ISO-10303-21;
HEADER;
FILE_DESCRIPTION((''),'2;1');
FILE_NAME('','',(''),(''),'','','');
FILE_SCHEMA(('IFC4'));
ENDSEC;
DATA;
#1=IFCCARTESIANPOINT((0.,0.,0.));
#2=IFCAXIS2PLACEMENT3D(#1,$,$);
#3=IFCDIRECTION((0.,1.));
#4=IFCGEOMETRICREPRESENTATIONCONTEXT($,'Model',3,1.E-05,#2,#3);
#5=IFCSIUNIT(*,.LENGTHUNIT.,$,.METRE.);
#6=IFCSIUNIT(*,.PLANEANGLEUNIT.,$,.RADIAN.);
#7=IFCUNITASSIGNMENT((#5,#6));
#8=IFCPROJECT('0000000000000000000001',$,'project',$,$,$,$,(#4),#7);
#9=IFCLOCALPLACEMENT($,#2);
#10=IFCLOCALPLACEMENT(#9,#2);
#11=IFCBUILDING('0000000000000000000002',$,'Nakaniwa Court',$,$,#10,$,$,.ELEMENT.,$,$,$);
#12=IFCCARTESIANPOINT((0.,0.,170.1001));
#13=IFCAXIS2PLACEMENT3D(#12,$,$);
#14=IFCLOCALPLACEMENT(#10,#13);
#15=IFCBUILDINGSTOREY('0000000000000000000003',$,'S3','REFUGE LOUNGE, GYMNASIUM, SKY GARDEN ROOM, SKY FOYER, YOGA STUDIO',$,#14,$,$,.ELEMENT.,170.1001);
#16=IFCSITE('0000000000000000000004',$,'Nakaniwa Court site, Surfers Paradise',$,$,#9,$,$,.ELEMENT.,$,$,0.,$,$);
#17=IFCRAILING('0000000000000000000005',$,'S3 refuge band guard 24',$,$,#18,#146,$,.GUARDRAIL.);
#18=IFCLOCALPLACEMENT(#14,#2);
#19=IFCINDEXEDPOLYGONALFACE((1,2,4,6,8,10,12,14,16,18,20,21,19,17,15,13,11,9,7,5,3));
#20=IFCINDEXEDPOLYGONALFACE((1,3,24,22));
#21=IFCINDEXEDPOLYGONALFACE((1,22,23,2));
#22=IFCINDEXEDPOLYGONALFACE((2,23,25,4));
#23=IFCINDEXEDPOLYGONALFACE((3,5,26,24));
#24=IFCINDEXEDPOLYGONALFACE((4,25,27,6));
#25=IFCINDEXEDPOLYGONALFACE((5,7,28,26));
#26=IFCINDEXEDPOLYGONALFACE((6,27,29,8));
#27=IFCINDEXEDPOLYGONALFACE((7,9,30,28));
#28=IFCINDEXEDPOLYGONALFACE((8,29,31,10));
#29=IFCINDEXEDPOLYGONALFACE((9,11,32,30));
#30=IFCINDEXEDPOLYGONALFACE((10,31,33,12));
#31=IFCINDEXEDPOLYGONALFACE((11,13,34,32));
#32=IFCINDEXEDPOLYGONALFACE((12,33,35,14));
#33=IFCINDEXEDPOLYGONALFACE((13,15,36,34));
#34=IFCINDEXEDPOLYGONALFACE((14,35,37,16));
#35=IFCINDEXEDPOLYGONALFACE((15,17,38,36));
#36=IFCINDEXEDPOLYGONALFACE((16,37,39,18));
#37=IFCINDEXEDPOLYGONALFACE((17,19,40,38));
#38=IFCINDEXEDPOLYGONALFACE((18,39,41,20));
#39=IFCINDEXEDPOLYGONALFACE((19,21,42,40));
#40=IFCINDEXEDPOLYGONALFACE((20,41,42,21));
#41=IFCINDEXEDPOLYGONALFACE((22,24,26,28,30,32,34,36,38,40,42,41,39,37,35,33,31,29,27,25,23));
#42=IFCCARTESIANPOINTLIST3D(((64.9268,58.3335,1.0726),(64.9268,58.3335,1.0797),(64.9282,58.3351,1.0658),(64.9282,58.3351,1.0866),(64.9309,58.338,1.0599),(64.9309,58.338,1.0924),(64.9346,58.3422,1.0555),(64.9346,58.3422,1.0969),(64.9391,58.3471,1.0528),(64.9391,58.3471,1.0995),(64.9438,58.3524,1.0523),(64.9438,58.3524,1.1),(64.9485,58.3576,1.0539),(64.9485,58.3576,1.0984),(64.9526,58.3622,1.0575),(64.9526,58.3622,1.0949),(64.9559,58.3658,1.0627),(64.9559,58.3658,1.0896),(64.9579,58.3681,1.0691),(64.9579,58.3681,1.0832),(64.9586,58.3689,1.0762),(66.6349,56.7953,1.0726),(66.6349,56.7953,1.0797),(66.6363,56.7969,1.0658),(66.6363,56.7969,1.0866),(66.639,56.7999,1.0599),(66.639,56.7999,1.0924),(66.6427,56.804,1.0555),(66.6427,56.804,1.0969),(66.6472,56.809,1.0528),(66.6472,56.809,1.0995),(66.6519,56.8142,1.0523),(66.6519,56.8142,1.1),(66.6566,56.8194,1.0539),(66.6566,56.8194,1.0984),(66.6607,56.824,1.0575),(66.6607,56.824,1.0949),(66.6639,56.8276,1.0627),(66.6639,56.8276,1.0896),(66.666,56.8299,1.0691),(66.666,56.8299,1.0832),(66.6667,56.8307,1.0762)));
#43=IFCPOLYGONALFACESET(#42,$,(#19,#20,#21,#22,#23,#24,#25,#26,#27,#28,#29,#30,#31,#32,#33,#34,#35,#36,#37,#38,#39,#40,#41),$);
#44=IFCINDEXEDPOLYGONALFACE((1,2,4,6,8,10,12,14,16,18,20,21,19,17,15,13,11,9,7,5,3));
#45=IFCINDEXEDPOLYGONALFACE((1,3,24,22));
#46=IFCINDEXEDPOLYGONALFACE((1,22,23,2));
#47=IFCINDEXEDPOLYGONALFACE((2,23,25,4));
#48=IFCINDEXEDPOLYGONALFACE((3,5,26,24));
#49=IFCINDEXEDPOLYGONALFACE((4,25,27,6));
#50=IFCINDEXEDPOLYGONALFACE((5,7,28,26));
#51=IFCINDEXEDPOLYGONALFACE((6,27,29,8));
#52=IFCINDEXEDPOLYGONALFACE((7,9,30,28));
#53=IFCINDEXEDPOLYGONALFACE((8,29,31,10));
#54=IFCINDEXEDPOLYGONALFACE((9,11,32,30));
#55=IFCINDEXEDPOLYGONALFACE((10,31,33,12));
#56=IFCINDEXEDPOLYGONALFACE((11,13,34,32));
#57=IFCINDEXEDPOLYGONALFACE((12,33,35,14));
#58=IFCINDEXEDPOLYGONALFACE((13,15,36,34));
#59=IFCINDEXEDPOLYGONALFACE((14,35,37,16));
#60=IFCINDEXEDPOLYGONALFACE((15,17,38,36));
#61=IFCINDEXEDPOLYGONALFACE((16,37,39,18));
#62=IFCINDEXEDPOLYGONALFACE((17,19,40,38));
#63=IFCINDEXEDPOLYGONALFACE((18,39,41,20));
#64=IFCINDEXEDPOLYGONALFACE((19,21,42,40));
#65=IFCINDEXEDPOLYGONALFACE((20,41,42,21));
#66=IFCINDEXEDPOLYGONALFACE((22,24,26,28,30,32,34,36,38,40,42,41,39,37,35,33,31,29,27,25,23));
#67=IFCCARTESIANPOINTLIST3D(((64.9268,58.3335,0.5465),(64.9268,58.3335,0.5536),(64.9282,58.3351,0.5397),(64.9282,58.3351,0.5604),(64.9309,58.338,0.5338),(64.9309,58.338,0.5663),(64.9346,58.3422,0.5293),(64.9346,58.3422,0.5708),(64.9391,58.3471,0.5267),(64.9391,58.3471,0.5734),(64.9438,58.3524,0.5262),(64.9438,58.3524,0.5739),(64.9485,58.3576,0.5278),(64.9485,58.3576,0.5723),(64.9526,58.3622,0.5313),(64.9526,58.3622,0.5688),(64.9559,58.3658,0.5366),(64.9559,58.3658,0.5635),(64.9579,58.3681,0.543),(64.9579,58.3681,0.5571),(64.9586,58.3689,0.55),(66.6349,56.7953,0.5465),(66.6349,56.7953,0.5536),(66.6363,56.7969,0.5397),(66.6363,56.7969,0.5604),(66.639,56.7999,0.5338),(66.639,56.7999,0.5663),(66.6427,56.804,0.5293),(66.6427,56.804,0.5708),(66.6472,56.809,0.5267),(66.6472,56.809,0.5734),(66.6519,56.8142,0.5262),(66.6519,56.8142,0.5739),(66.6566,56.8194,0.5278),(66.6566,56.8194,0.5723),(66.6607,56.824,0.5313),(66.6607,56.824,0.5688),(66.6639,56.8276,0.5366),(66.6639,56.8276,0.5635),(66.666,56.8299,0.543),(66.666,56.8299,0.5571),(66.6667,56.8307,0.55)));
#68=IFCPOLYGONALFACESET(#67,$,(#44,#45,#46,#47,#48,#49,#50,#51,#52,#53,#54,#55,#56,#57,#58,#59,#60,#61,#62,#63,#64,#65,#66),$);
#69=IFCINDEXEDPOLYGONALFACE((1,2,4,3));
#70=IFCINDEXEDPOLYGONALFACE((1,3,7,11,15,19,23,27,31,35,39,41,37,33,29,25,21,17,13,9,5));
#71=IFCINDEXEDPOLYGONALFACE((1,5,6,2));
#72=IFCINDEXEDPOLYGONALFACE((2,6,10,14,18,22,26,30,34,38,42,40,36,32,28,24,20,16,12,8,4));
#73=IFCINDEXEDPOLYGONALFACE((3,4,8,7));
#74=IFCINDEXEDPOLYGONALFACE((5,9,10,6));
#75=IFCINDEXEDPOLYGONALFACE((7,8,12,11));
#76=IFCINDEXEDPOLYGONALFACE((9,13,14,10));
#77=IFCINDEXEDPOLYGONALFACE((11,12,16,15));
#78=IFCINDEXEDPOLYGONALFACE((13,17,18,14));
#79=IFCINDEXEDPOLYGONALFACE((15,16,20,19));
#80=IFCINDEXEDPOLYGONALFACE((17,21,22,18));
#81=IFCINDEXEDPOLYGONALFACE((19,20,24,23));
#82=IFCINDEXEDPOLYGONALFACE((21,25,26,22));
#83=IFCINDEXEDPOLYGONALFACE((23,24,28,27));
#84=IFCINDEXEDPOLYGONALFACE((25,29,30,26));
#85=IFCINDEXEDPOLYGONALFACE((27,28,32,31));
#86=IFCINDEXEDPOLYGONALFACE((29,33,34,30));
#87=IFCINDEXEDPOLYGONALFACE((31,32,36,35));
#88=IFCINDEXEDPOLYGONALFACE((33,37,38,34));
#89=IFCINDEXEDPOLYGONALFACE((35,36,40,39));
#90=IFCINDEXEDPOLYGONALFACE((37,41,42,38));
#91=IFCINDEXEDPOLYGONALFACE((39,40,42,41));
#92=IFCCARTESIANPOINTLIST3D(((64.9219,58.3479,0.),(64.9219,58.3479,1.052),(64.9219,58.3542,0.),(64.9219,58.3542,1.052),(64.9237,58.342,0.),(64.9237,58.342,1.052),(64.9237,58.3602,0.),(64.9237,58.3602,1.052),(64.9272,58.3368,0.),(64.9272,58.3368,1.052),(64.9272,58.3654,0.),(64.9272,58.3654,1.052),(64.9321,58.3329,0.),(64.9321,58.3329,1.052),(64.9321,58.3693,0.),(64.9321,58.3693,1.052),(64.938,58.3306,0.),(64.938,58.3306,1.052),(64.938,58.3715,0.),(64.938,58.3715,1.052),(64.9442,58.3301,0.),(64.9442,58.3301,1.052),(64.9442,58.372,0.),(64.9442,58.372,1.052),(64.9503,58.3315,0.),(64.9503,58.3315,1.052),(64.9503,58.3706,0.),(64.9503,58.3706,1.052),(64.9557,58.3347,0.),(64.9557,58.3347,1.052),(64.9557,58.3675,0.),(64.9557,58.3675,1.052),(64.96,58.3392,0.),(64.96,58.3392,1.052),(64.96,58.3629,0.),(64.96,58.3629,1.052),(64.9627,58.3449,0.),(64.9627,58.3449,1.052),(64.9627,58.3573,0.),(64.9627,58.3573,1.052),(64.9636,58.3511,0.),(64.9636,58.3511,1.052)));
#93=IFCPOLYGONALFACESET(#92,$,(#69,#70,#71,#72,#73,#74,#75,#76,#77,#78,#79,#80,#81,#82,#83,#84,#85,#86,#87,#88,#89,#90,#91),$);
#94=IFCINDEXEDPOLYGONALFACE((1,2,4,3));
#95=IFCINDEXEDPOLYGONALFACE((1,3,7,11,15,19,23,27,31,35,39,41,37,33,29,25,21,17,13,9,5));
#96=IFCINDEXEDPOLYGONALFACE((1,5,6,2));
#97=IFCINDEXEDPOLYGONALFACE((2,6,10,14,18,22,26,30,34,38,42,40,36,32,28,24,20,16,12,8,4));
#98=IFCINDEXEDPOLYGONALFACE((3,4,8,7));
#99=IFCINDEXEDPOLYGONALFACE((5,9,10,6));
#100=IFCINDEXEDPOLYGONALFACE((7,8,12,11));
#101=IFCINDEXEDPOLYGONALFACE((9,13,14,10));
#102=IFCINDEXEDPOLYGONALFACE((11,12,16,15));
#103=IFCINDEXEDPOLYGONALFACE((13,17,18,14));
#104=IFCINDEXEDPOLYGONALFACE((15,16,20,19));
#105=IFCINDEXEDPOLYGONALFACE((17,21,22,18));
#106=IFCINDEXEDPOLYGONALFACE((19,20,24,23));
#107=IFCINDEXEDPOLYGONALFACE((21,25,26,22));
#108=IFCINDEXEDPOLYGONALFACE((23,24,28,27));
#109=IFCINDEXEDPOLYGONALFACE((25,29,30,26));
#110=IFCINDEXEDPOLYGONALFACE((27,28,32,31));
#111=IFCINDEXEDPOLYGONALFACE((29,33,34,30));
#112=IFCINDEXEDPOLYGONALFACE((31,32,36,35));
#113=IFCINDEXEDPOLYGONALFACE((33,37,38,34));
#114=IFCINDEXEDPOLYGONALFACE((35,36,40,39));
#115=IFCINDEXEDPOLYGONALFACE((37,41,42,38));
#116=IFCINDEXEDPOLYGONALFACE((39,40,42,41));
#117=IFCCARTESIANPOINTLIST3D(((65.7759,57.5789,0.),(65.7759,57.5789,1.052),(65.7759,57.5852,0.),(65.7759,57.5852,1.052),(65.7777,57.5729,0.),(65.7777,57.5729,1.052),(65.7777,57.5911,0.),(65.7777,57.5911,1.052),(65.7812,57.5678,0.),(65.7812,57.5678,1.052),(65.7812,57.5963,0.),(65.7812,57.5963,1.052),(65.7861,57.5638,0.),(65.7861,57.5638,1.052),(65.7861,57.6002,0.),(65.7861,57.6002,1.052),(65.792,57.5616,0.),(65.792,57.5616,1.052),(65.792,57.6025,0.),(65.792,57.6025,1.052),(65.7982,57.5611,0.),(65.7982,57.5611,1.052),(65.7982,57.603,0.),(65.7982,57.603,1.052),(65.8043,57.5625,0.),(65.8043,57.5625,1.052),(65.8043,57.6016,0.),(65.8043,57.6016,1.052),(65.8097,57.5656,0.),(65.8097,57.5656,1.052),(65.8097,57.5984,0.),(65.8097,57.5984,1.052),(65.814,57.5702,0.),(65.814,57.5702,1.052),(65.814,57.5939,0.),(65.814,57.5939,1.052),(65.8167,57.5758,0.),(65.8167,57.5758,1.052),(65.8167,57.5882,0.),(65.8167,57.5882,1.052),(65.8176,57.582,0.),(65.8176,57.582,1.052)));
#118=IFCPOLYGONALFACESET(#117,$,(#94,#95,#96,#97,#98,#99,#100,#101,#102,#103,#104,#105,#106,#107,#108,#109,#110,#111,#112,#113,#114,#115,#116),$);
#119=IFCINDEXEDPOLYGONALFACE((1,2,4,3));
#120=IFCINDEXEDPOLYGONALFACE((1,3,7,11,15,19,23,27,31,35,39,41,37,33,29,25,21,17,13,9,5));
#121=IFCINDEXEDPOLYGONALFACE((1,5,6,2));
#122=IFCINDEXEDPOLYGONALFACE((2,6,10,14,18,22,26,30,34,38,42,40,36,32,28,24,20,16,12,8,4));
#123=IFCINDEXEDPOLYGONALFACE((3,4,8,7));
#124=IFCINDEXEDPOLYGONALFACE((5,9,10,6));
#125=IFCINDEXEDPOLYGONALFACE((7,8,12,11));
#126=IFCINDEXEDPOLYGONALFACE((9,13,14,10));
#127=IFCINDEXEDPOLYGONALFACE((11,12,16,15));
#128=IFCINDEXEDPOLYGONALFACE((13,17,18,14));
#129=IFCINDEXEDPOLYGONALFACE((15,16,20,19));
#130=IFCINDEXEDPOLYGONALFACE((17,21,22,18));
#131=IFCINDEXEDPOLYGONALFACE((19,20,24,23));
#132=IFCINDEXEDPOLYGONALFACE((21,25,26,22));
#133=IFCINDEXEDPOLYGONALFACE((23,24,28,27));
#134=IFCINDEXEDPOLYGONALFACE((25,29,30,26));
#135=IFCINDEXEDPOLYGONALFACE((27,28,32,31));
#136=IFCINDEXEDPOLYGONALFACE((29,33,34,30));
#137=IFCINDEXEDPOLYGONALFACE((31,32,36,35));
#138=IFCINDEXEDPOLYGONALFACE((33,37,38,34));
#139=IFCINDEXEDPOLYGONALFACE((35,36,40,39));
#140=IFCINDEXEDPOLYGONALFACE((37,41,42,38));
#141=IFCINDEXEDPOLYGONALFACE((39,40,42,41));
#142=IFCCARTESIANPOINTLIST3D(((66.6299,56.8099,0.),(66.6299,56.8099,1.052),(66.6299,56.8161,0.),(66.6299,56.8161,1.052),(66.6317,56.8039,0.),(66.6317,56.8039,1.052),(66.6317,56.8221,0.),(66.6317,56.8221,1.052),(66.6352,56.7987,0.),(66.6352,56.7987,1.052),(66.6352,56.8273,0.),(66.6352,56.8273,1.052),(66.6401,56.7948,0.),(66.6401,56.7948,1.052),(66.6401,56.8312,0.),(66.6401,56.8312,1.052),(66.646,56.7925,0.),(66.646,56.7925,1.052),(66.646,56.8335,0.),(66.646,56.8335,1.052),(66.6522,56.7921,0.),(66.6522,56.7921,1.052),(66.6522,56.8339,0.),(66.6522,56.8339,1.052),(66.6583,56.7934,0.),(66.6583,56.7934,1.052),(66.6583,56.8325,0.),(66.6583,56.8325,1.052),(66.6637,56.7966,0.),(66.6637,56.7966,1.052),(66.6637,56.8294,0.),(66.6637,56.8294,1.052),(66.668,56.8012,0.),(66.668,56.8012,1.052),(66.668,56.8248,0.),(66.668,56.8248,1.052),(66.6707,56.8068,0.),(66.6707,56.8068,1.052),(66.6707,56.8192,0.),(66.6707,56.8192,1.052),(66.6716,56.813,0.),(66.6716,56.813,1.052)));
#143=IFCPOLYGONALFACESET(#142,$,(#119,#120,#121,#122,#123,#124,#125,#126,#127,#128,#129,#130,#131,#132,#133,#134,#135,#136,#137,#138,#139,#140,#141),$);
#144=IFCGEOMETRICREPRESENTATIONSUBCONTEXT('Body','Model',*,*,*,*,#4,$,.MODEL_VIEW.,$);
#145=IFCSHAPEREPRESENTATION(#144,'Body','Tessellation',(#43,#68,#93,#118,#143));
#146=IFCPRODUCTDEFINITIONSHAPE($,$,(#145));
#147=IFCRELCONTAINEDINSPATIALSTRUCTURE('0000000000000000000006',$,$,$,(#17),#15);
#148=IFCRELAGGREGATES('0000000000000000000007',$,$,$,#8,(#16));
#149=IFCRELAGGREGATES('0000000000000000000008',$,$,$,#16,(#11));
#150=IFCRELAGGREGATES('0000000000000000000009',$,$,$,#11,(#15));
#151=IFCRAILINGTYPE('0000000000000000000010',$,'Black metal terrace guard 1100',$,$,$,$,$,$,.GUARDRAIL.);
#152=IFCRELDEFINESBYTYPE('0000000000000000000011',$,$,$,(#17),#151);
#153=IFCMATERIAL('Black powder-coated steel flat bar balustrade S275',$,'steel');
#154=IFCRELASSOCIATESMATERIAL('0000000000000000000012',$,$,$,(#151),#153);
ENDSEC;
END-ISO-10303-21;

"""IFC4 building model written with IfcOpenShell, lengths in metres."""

from ifc_helpers import new_model, si_unit, direction, frame, origin, origin_2d, place, context, subcontext, project, spatial, circle, extrude, material, type_object, element, save


model = new_model("IFC4")

# Units and contexts
model_context = context("Model", 3, precision=1e-05, world=origin(), true_north=direction((0.0, 1.0)))
body_context = subcontext(model_context, "Body", "Model", "MODEL_VIEW")
ifc_project = project(units=[si_unit("LENGTHUNIT", "METRE"), si_unit("PLANEANGLEUNIT", "RADIAN")], contexts=[model_context])

# Site, building, storey
site_placement = place(None, origin())
site = spatial("IfcSite", under=ifc_project, at=site_placement, Name="Nakaniwa Court site, Surfers Paradise", CompositionType="ELEMENT", RefElevation=0.0)
building_placement = place(site_placement, origin())
building = spatial("IfcBuilding", under=site, at=building_placement, Name="Nakaniwa Court", CompositionType="ELEMENT")
storey_placement = place(building_placement, frame((0.0, 0.0, 170.1001)))
storey = spatial("IfcBuildingStorey", under=building, at=storey_placement, Name="S3", Description="REFUGE LOUNGE, GYMNASIUM, SKY GARDEN ROOM, SKY FOYER, YOGA STUDIO", CompositionType="ELEMENT", Elevation=170.1001)

# Railing
ifc_material_1 = material(Name="Black powder-coated steel flat bar balustrade S275", Category="steel")
railing_type = type_object("IfcRailingType", Name="Black metal terrace guard 1100", PredefinedType="GUARDRAIL", material=ifc_material_1)
railing_1_placement = place(storey_placement, frame((64.9426, 58.3511, 0.0)))
element("IfcRailing", 1, at=railing_1_placement, inside=storey, type_object=railing_type, Name="S3 refuge band guard 24", PredefinedType="GUARDRAIL", context=body_context, shape_type="SweptSolid", body=[
    extrude(circle(Radius=0.0239, at=origin_2d()), frame((0.0, 0.0, 1.0762), z_axis=(0.743104, -0.669176, 0.0), x_axis=(0.669176, 0.743104, 0.0)), (0.0, 0.0, 1.0), 2.2986),
    extrude(circle(Radius=0.0239, at=origin_2d()), frame((0.0, 0.0, 0.55), z_axis=(0.743104, -0.669176, 0.0), x_axis=(0.669176, 0.743104, 0.0)), (0.0, 0.0, 1.0), 2.2986),
    extrude(circle(Radius=0.021, at=origin_2d()), origin(), (0.0, 0.0, 1.0), 1.052),
    extrude(circle(Radius=0.021, at=origin_2d()), frame((0.854, -0.769, 0.0)), (0.0, 0.0, 1.0), 1.052),
    extrude(circle(Radius=0.021, at=origin_2d()), frame((1.708, -1.5381, 0.0)), (0.0, 0.0, 1.0), 1.052),
])

save(model, "model.ifc")
